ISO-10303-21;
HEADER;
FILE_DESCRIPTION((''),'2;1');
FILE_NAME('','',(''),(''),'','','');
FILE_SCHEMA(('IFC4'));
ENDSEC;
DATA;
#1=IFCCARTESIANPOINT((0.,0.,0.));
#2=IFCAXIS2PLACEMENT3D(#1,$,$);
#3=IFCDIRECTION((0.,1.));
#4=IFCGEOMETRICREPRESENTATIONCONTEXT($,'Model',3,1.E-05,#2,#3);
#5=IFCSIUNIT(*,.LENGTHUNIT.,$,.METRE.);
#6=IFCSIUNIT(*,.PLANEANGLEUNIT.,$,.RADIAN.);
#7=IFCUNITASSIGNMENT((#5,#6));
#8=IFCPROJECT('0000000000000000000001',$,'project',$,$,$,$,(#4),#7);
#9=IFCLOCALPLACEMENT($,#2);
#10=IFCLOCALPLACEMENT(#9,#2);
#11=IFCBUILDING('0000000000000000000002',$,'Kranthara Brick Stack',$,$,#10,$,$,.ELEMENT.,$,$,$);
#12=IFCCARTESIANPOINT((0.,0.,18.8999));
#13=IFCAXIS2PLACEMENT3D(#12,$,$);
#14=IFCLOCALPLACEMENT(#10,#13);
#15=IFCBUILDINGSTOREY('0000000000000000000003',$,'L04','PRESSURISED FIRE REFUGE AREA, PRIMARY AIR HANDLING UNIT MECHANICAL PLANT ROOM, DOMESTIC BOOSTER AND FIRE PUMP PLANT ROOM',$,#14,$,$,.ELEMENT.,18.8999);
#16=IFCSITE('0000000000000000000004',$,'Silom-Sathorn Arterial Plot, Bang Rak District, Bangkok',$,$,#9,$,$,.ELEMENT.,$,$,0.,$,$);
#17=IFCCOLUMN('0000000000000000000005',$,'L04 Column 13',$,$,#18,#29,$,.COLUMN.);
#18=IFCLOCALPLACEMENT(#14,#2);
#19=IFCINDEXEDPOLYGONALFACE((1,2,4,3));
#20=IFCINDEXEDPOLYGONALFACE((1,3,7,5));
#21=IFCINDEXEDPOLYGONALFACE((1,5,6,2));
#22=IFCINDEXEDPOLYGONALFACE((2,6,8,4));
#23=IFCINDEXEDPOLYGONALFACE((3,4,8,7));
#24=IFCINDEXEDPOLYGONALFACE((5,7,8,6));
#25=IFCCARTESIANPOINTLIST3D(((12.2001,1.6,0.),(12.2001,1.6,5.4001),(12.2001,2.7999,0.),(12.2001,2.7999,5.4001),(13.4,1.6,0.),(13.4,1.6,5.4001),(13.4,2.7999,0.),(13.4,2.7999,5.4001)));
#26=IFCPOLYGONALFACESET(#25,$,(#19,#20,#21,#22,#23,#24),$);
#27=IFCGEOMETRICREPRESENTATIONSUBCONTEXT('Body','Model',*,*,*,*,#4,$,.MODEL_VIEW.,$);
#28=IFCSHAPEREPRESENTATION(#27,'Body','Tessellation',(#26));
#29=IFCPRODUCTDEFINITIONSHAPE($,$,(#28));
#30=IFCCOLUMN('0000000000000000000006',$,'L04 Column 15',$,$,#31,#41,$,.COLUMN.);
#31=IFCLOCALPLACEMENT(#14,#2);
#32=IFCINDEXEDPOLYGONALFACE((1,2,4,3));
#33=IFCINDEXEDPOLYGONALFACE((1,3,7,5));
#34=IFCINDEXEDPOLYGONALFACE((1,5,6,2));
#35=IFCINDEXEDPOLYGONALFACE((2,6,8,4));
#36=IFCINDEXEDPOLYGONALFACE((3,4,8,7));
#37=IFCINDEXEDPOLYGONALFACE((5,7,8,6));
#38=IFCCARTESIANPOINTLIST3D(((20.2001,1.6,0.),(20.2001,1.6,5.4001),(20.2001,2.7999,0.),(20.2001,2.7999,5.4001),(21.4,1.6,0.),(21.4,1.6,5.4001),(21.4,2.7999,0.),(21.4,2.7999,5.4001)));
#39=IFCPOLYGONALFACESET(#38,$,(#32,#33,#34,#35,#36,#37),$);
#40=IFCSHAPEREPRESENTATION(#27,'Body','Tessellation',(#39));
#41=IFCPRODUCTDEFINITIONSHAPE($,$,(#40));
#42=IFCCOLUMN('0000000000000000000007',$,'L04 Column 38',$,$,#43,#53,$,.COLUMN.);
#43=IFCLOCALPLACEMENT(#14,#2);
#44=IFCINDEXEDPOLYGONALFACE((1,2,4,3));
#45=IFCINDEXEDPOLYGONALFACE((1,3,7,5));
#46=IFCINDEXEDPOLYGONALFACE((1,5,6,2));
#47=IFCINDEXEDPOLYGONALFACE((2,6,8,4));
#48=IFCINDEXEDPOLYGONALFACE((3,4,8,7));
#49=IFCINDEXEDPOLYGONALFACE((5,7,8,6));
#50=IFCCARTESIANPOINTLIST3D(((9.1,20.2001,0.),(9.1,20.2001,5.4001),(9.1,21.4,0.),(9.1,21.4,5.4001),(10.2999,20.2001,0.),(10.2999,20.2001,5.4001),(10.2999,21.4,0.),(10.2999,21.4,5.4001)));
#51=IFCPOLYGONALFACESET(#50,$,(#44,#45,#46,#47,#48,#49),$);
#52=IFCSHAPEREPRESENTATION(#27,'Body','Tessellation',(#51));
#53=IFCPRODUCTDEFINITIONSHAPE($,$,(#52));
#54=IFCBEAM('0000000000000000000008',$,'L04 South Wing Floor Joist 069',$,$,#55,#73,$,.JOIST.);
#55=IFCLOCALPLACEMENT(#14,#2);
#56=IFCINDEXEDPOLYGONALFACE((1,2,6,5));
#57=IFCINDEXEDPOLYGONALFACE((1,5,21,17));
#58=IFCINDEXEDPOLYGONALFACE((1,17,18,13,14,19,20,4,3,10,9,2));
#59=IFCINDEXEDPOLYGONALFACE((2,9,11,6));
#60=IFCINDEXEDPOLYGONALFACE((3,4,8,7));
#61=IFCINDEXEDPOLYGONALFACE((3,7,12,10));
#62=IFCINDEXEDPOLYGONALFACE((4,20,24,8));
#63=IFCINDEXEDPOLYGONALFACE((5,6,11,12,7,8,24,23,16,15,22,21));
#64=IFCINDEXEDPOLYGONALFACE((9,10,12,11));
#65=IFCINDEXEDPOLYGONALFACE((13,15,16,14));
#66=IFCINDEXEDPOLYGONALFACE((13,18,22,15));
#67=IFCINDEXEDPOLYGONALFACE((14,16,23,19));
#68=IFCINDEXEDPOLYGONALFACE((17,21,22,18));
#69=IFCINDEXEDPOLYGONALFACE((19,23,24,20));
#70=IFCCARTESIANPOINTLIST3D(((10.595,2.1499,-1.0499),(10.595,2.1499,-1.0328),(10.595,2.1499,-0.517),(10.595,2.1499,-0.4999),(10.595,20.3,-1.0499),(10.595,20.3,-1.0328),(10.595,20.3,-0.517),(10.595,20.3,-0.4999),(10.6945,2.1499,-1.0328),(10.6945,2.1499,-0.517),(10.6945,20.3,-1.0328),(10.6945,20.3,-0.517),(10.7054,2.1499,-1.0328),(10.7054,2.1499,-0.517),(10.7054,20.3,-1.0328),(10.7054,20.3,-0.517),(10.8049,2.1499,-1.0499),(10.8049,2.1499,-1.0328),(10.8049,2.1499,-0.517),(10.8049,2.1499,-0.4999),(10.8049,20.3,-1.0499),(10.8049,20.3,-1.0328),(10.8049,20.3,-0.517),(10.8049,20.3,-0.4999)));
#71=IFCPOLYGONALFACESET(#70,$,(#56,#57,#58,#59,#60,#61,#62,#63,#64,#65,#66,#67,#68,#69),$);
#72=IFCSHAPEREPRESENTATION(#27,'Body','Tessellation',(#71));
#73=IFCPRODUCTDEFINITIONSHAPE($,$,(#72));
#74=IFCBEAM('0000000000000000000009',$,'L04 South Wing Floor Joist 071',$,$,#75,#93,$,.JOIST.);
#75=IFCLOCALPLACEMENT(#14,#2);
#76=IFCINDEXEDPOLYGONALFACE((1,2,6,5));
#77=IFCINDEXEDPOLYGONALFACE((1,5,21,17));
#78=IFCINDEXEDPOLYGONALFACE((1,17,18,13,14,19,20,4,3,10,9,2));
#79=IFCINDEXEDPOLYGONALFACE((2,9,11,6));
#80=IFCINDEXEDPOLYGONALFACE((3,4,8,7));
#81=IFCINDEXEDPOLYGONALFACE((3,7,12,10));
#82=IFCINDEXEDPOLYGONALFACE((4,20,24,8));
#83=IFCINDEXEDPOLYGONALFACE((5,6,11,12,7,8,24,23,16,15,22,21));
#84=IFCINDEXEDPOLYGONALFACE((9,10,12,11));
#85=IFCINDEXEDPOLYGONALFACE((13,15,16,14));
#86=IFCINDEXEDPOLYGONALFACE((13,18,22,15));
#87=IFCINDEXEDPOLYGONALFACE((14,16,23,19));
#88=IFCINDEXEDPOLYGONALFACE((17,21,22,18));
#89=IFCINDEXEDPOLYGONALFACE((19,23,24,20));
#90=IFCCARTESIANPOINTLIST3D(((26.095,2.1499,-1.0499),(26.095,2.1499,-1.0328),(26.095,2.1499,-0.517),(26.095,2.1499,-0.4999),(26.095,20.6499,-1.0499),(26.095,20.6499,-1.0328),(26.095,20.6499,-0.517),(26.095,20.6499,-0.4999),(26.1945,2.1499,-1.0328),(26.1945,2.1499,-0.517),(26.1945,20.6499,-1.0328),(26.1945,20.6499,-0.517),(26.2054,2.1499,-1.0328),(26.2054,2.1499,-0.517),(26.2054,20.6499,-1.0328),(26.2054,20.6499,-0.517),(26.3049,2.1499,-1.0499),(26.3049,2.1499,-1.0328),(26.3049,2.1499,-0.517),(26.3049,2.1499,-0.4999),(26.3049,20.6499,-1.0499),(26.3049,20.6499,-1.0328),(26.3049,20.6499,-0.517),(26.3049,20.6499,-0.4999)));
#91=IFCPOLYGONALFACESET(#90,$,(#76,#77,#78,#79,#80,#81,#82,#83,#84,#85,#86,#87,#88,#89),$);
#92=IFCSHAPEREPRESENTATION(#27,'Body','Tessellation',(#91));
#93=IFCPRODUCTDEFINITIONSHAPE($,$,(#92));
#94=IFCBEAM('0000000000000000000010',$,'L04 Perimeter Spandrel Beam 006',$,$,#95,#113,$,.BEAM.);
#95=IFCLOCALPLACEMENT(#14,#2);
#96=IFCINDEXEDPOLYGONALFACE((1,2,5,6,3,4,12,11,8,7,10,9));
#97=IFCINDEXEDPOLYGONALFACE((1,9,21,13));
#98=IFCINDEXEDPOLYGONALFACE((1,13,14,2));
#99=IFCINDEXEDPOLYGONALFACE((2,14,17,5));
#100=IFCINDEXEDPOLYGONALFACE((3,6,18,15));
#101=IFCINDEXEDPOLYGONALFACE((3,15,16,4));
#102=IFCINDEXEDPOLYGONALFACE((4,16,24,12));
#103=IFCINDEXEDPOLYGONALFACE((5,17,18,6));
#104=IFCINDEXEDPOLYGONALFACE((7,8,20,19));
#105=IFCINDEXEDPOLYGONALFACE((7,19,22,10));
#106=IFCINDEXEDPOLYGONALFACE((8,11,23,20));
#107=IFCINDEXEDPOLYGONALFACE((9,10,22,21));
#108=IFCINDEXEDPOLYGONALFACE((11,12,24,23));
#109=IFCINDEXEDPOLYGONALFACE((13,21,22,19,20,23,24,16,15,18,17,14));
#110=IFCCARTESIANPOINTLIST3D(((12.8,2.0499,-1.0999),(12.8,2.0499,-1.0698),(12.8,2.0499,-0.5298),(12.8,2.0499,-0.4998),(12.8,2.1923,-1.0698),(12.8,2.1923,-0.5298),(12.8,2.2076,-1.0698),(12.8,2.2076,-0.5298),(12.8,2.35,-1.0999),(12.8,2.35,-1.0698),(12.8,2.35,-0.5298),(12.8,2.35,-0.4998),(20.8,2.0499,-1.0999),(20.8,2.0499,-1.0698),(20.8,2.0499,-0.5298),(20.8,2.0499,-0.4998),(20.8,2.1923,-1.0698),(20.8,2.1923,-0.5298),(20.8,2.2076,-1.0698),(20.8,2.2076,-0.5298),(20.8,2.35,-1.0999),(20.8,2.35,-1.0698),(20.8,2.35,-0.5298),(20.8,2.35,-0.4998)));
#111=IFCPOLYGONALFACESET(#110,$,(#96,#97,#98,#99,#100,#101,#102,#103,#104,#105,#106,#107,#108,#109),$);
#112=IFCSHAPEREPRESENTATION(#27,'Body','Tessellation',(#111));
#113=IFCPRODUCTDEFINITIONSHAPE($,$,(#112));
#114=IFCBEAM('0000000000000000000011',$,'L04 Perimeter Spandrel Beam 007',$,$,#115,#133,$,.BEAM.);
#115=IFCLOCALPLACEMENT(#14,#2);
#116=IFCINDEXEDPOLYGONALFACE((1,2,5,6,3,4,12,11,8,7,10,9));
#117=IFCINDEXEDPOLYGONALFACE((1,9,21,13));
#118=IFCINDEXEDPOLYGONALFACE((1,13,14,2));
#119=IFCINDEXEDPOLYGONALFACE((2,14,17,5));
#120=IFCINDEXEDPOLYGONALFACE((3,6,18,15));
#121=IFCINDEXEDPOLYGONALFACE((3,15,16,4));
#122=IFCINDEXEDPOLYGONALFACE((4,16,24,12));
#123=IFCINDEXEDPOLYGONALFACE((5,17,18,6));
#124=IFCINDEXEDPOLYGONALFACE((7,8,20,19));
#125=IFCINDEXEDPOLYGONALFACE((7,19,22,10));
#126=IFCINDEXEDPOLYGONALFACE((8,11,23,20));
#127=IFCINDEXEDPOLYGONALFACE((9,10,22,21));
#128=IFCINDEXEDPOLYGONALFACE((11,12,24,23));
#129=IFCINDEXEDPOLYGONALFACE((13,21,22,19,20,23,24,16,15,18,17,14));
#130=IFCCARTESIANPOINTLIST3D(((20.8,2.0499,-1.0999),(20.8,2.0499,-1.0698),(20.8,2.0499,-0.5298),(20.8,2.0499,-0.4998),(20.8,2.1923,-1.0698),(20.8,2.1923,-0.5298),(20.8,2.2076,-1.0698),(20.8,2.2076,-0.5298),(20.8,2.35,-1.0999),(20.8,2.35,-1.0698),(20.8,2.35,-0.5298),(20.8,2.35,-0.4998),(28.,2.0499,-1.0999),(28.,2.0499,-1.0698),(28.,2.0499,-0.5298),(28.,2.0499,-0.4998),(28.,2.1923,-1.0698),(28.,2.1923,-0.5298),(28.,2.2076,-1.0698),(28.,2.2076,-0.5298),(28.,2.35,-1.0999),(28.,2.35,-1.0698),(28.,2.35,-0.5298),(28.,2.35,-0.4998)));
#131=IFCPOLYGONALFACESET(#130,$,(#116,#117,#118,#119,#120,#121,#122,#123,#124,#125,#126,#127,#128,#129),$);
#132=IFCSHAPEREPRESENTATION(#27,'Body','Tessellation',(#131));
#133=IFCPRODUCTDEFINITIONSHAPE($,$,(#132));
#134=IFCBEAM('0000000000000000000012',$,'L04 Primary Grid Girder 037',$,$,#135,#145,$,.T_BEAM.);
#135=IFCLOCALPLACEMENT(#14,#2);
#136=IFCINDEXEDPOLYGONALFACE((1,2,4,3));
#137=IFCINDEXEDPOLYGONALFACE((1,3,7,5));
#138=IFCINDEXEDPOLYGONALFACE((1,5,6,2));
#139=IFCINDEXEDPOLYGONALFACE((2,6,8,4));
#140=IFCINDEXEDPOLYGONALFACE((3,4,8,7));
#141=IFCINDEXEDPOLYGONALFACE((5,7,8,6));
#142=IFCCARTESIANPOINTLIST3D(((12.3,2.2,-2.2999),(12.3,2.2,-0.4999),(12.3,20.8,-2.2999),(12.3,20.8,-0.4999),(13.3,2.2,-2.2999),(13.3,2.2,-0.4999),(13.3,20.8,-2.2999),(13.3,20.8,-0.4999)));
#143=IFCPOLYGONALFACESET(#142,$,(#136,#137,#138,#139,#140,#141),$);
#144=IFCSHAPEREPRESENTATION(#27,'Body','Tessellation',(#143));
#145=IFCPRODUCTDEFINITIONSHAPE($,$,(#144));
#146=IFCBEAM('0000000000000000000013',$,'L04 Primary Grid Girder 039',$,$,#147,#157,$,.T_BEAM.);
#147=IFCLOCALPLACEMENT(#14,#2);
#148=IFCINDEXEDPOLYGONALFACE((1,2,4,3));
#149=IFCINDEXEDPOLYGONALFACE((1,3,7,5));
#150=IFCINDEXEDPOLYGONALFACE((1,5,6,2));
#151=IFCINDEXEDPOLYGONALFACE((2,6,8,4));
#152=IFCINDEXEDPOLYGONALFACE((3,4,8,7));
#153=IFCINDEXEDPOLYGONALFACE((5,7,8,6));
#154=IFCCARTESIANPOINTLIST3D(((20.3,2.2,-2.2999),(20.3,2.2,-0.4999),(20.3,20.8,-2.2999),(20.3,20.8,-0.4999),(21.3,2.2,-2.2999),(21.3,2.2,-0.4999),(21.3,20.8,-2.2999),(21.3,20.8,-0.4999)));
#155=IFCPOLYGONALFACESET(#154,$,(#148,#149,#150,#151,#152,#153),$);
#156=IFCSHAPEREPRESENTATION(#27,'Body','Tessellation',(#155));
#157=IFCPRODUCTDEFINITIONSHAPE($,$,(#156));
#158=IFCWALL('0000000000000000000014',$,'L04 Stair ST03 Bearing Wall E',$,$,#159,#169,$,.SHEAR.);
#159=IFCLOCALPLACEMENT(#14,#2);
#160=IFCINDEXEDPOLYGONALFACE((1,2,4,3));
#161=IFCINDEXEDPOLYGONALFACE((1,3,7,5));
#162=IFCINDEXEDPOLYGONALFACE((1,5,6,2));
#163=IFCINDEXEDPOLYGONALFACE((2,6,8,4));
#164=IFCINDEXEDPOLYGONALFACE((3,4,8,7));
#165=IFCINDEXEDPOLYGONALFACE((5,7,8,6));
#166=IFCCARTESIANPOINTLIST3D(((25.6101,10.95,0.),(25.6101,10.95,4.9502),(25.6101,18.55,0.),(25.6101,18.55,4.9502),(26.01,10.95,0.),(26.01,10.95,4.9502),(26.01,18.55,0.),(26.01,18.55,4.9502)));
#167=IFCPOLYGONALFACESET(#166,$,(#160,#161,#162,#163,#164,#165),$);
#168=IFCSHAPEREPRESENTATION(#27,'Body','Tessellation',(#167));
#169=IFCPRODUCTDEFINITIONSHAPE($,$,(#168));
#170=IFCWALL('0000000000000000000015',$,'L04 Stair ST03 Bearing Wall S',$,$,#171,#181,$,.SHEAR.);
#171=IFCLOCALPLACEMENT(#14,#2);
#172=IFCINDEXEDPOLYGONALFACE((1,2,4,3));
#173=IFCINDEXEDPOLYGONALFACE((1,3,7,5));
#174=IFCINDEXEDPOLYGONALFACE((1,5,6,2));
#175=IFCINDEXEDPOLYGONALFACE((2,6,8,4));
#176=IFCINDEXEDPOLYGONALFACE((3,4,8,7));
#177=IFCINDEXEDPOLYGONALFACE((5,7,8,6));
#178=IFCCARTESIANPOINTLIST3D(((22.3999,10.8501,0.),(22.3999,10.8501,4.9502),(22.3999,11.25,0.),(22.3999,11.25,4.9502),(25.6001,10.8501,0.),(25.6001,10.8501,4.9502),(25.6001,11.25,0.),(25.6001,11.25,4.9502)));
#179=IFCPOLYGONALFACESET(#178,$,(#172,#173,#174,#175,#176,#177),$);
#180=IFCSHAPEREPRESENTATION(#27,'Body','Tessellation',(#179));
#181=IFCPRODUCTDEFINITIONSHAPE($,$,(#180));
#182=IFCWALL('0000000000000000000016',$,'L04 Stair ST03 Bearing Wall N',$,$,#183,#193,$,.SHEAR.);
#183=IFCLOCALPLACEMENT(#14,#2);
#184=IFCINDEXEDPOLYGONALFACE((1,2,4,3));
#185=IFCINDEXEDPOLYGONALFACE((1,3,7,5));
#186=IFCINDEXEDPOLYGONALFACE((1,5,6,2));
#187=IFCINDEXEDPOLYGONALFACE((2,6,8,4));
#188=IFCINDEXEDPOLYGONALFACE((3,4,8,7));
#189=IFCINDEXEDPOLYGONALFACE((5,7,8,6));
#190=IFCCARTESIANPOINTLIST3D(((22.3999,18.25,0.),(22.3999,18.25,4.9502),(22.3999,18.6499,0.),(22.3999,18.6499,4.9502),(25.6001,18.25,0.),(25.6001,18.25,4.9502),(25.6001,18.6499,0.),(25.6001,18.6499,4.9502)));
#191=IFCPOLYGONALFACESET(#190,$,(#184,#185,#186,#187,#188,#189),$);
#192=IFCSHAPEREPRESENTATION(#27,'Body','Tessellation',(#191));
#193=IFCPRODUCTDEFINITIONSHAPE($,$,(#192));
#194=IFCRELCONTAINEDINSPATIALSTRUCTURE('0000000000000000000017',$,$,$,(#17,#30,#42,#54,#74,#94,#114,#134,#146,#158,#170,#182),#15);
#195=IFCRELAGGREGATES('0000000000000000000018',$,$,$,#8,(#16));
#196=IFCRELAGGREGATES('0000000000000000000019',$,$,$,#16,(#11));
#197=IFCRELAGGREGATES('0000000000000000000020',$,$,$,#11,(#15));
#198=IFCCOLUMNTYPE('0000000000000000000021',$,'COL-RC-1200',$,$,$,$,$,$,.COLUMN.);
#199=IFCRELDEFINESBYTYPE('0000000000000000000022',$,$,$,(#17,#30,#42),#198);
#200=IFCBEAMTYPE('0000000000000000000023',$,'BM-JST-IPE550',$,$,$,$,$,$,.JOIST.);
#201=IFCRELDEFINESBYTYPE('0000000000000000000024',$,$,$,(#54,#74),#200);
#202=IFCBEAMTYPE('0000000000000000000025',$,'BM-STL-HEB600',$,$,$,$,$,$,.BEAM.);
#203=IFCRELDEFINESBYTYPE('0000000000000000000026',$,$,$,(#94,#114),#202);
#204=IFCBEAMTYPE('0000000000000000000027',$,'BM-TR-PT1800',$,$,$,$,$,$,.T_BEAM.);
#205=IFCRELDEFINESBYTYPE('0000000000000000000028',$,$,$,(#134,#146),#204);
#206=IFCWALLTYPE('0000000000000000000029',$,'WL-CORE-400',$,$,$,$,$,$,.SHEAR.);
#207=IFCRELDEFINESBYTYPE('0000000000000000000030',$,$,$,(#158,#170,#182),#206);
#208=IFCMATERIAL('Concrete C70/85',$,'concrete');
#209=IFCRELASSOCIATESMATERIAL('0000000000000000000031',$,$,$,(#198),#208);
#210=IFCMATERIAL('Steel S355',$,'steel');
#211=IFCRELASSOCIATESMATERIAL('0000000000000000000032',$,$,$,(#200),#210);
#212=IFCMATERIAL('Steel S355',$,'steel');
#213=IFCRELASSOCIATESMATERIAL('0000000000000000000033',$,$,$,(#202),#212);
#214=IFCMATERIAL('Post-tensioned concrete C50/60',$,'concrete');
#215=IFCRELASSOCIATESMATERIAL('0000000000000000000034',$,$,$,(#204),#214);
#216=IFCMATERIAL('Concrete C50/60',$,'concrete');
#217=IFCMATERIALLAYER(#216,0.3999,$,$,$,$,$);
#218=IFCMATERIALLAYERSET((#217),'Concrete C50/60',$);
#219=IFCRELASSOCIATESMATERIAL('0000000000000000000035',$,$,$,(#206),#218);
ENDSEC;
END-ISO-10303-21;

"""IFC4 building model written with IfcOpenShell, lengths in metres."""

from ifc_helpers import new_model, si_unit, direction, frame, frame_2d, origin, origin_2d, place, context, subcontext, project, spatial, rectangle, i_section, extrude, material, layer, layer_set, material_profile, profile_set, type_object, element, save


model = new_model("IFC4")

# Units and contexts
model_context = context("Model", 3, precision=1e-05, world=origin(), true_north=direction((0.0, 1.0)))
body_context = subcontext(model_context, "Body", "Model", "MODEL_VIEW")
ifc_project = project(units=[si_unit("LENGTHUNIT", "METRE"), si_unit("PLANEANGLEUNIT", "RADIAN")], contexts=[model_context])

# Site, building, storey
site_placement = place(None, origin())
site = spatial("IfcSite", under=ifc_project, at=site_placement, Name="Silom-Sathorn Arterial Plot, Bang Rak District, Bangkok", CompositionType="ELEMENT", RefElevation=0.0)
building_placement = place(site_placement, origin())
building = spatial("IfcBuilding", under=site, at=building_placement, Name="Kranthara Brick Stack", CompositionType="ELEMENT")
storey_placement = place(building_placement, frame((0.0, 0.0, 18.8999)))
storey = spatial("IfcBuildingStorey", under=building, at=storey_placement, Name="L04", Description="PRESSURISED FIRE REFUGE AREA, PRIMARY AIR HANDLING UNIT MECHANICAL PLANT ROOM, DOMESTIC BOOSTER AND FIRE PUMP PLANT ROOM", CompositionType="ELEMENT", Elevation=18.8999)

# Columns
ifc_material_1 = material(Name="Concrete C70/85", Category="concrete")
ifc_material_profile_1 = material_profile(ifc_material_1, rectangle(XDim=1.2, YDim=1.2, at=origin_2d()), Name="RC 1200x1200")
ifc_profile_set_1 = profile_set([ifc_material_profile_1], Name="Concrete C70/85")
column_type = type_object("IfcColumnType", Name="COL-RC-1200", PredefinedType="COLUMN", material=ifc_profile_set_1)
for number, where, z_axis, x_axis, name in (
    (1, (12.8, 2.2, 0.0), (0.0, 0.0, 1.0), (1.0, 0.0, 0.0), "L04 Column 13"),
    (2, (20.8, 2.2, 0.0), (0.0, 0.0, 1.0), (1.0, 0.0, 0.0), "L04 Column 15"),
    (3, (9.7, 20.8, 0.0), (0.0, 0.0, 1.0), (1.0, 0.0, 0.0), "L04 Column 38"),
):
    element("IfcColumn", number, at=place(storey_placement, frame(where, z_axis=z_axis, x_axis=x_axis)), inside=storey, type_object=column_type, Name=name, PredefinedType="COLUMN", context=body_context, shape_type="SweptSolid", body=[
        extrude(rectangle(XDim=1.2, YDim=1.2, at=origin_2d()), origin(), (0.0, 0.0, 1.0), 5.4001),
    ])

# Beams
ifc_material_2 = material(Name="Steel S355", Category="steel")
ifc_material_profile_2 = material_profile(ifc_material_2, i_section(OverallWidth=0.21, OverallDepth=0.55, WebThickness=0.011, FlangeThickness=0.0171, at=origin_2d()), Name="IPE 550")
ifc_profile_set_2 = profile_set([ifc_material_profile_2], Name="Steel S355")
beam_type_1 = type_object("IfcBeamType", Name="BM-JST-IPE550", PredefinedType="JOIST", material=ifc_profile_set_2)
beam_1_placement = place(storey_placement, frame((10.7, 2.1499, -0.7749), z_axis=(0.0, 1.0, 0.0), x_axis=(-1.0, 0.0, 0.0)))
element("IfcBeam", 4, at=beam_1_placement, inside=storey, type_object=beam_type_1, Name="L04 South Wing Floor Joist 069", PredefinedType="JOIST", context=body_context, shape_type="SweptSolid", body=[
    extrude(i_section(OverallWidth=0.21, OverallDepth=0.55, WebThickness=0.011, FlangeThickness=0.0171, at=origin_2d()), origin(), (0.0, 0.0, 1.0), 18.1501),
])
beam_2_placement = place(storey_placement, frame((26.2, 2.1499, -0.7749), z_axis=(0.0, 1.0, 0.0), x_axis=(-1.0, 0.0, 0.0)))
element("IfcBeam", 5, at=beam_2_placement, inside=storey, type_object=beam_type_1, Name="L04 South Wing Floor Joist 071", PredefinedType="JOIST", context=body_context, shape_type="SweptSolid", body=[
    extrude(i_section(OverallWidth=0.21, OverallDepth=0.55, WebThickness=0.011, FlangeThickness=0.0171, at=origin_2d()), origin(), (0.0, 0.0, 1.0), 18.5),
])
ifc_material_3 = material(Name="Steel S355", Category="steel")
ifc_material_profile_3 = material_profile(ifc_material_3, i_section(OverallWidth=0.3, OverallDepth=0.6001, WebThickness=0.0154, FlangeThickness=0.03, at=origin_2d()), Name="HEB 600")
ifc_profile_set_3 = profile_set([ifc_material_profile_3], Name="Steel S355")
beam_type_2 = type_object("IfcBeamType", Name="BM-STL-HEB600", PredefinedType="BEAM", material=ifc_profile_set_3)
beam_3_placement = place(storey_placement, frame((12.8, 2.2, -0.7998), z_axis=(1.0, 0.0, 0.0), x_axis=(0.0, 1.0, 0.0)))
element("IfcBeam", 6, at=beam_3_placement, inside=storey, type_object=beam_type_2, Name="L04 Perimeter Spandrel Beam 006", PredefinedType="BEAM", context=body_context, shape_type="SweptSolid", body=[
    extrude(i_section(OverallWidth=0.3, OverallDepth=0.6001, WebThickness=0.0154, FlangeThickness=0.03, at=origin_2d()), origin(), (0.0, 0.0, 1.0), 8.0),
])
beam_4_placement = place(storey_placement, frame((20.8, 2.2, -0.7998), z_axis=(1.0, 0.0, 0.0), x_axis=(0.0, 1.0, 0.0)))
element("IfcBeam", 7, at=beam_4_placement, inside=storey, type_object=beam_type_2, Name="L04 Perimeter Spandrel Beam 007", PredefinedType="BEAM", context=body_context, shape_type="SweptSolid", body=[
    extrude(i_section(OverallWidth=0.3, OverallDepth=0.6001, WebThickness=0.0154, FlangeThickness=0.03, at=origin_2d()), origin(), (0.0, 0.0, 1.0), 7.2),
])
ifc_material_4 = material(Name="Post-tensioned concrete C50/60", Category="concrete")
ifc_material_profile_4 = material_profile(ifc_material_4, rectangle(XDim=1.0, YDim=1.8, at=origin_2d()), Name="PT 1000x1800")
ifc_profile_set_4 = profile_set([ifc_material_profile_4], Name="Post-tensioned concrete C50/60")
beam_type_3 = type_object("IfcBeamType", Name="BM-TR-PT1800", PredefinedType="T_BEAM", material=ifc_profile_set_4)
for number, where, z_axis, x_axis, name in (
    (8, (12.8, 2.2, -1.3999), (0.0, 1.0, 0.0), (-1.0, 0.0, 0.0), "L04 Primary Grid Girder 037"),
    (9, (20.8, 2.2, -1.3999), (0.0, 1.0, 0.0), (-1.0, 0.0, 0.0), "L04 Primary Grid Girder 039"),
):
    element("IfcBeam", number, at=place(storey_placement, frame(where, z_axis=z_axis, x_axis=x_axis)), inside=storey, type_object=beam_type_3, Name=name, PredefinedType="T_BEAM", context=body_context, shape_type="SweptSolid", body=[
        extrude(rectangle(XDim=1.0, YDim=1.8, at=origin_2d()), origin(), (0.0, 0.0, 1.0), 18.6001),
    ])

# Shared definitions
ifc_material_5 = material(Name="Concrete C50/60", Category="concrete")
ifc_layer_1 = layer(ifc_material_5, 0.3999)
ifc_layer_set_1 = layer_set([ifc_layer_1], Name="Concrete C50/60")
wall_type_1 = type_object("IfcWallType", Name="WL-CORE-400", PredefinedType="SHEAR", material=ifc_layer_set_1)

# Walls
wall_1_placement = place(storey_placement, frame((25.8101, 10.95, 0.0), z_axis=(0.0, 0.0, 1.0), x_axis=(0.0, 1.0, 0.0)))
element("IfcWall", 10, at=wall_1_placement, inside=storey, type_object=wall_type_1, Name="L04 Stair ST03 Bearing Wall E", PredefinedType="SHEAR", context=body_context, shape_type="SweptSolid", body=[
    extrude(rectangle(XDim=7.6001, YDim=0.3999, at=frame_2d((3.8, 0.0))), origin(), (0.0, 0.0, 1.0), 4.9502),
])
for number, where, z_axis, x_axis, name in (
    (11, (22.3999, 11.05, 0.0), (0.0, 0.0, 1.0), (1.0, 0.0, 0.0), "L04 Stair ST03 Bearing Wall S"),
    (12, (22.3999, 18.45, 0.0), (0.0, 0.0, 1.0), (1.0, 0.0, 0.0), "L04 Stair ST03 Bearing Wall N"),
):
    element("IfcWall", number, at=place(storey_placement, frame(where, z_axis=z_axis, x_axis=x_axis)), inside=storey, type_object=wall_type_1, Name=name, PredefinedType="SHEAR", context=body_context, shape_type="SweptSolid", body=[
        extrude(rectangle(XDim=3.2002, YDim=0.3999, at=frame_2d((1.6001, 0.0))), origin(), (0.0, 0.0, 1.0), 4.9502),
    ])

save(model, "model.ifc")
